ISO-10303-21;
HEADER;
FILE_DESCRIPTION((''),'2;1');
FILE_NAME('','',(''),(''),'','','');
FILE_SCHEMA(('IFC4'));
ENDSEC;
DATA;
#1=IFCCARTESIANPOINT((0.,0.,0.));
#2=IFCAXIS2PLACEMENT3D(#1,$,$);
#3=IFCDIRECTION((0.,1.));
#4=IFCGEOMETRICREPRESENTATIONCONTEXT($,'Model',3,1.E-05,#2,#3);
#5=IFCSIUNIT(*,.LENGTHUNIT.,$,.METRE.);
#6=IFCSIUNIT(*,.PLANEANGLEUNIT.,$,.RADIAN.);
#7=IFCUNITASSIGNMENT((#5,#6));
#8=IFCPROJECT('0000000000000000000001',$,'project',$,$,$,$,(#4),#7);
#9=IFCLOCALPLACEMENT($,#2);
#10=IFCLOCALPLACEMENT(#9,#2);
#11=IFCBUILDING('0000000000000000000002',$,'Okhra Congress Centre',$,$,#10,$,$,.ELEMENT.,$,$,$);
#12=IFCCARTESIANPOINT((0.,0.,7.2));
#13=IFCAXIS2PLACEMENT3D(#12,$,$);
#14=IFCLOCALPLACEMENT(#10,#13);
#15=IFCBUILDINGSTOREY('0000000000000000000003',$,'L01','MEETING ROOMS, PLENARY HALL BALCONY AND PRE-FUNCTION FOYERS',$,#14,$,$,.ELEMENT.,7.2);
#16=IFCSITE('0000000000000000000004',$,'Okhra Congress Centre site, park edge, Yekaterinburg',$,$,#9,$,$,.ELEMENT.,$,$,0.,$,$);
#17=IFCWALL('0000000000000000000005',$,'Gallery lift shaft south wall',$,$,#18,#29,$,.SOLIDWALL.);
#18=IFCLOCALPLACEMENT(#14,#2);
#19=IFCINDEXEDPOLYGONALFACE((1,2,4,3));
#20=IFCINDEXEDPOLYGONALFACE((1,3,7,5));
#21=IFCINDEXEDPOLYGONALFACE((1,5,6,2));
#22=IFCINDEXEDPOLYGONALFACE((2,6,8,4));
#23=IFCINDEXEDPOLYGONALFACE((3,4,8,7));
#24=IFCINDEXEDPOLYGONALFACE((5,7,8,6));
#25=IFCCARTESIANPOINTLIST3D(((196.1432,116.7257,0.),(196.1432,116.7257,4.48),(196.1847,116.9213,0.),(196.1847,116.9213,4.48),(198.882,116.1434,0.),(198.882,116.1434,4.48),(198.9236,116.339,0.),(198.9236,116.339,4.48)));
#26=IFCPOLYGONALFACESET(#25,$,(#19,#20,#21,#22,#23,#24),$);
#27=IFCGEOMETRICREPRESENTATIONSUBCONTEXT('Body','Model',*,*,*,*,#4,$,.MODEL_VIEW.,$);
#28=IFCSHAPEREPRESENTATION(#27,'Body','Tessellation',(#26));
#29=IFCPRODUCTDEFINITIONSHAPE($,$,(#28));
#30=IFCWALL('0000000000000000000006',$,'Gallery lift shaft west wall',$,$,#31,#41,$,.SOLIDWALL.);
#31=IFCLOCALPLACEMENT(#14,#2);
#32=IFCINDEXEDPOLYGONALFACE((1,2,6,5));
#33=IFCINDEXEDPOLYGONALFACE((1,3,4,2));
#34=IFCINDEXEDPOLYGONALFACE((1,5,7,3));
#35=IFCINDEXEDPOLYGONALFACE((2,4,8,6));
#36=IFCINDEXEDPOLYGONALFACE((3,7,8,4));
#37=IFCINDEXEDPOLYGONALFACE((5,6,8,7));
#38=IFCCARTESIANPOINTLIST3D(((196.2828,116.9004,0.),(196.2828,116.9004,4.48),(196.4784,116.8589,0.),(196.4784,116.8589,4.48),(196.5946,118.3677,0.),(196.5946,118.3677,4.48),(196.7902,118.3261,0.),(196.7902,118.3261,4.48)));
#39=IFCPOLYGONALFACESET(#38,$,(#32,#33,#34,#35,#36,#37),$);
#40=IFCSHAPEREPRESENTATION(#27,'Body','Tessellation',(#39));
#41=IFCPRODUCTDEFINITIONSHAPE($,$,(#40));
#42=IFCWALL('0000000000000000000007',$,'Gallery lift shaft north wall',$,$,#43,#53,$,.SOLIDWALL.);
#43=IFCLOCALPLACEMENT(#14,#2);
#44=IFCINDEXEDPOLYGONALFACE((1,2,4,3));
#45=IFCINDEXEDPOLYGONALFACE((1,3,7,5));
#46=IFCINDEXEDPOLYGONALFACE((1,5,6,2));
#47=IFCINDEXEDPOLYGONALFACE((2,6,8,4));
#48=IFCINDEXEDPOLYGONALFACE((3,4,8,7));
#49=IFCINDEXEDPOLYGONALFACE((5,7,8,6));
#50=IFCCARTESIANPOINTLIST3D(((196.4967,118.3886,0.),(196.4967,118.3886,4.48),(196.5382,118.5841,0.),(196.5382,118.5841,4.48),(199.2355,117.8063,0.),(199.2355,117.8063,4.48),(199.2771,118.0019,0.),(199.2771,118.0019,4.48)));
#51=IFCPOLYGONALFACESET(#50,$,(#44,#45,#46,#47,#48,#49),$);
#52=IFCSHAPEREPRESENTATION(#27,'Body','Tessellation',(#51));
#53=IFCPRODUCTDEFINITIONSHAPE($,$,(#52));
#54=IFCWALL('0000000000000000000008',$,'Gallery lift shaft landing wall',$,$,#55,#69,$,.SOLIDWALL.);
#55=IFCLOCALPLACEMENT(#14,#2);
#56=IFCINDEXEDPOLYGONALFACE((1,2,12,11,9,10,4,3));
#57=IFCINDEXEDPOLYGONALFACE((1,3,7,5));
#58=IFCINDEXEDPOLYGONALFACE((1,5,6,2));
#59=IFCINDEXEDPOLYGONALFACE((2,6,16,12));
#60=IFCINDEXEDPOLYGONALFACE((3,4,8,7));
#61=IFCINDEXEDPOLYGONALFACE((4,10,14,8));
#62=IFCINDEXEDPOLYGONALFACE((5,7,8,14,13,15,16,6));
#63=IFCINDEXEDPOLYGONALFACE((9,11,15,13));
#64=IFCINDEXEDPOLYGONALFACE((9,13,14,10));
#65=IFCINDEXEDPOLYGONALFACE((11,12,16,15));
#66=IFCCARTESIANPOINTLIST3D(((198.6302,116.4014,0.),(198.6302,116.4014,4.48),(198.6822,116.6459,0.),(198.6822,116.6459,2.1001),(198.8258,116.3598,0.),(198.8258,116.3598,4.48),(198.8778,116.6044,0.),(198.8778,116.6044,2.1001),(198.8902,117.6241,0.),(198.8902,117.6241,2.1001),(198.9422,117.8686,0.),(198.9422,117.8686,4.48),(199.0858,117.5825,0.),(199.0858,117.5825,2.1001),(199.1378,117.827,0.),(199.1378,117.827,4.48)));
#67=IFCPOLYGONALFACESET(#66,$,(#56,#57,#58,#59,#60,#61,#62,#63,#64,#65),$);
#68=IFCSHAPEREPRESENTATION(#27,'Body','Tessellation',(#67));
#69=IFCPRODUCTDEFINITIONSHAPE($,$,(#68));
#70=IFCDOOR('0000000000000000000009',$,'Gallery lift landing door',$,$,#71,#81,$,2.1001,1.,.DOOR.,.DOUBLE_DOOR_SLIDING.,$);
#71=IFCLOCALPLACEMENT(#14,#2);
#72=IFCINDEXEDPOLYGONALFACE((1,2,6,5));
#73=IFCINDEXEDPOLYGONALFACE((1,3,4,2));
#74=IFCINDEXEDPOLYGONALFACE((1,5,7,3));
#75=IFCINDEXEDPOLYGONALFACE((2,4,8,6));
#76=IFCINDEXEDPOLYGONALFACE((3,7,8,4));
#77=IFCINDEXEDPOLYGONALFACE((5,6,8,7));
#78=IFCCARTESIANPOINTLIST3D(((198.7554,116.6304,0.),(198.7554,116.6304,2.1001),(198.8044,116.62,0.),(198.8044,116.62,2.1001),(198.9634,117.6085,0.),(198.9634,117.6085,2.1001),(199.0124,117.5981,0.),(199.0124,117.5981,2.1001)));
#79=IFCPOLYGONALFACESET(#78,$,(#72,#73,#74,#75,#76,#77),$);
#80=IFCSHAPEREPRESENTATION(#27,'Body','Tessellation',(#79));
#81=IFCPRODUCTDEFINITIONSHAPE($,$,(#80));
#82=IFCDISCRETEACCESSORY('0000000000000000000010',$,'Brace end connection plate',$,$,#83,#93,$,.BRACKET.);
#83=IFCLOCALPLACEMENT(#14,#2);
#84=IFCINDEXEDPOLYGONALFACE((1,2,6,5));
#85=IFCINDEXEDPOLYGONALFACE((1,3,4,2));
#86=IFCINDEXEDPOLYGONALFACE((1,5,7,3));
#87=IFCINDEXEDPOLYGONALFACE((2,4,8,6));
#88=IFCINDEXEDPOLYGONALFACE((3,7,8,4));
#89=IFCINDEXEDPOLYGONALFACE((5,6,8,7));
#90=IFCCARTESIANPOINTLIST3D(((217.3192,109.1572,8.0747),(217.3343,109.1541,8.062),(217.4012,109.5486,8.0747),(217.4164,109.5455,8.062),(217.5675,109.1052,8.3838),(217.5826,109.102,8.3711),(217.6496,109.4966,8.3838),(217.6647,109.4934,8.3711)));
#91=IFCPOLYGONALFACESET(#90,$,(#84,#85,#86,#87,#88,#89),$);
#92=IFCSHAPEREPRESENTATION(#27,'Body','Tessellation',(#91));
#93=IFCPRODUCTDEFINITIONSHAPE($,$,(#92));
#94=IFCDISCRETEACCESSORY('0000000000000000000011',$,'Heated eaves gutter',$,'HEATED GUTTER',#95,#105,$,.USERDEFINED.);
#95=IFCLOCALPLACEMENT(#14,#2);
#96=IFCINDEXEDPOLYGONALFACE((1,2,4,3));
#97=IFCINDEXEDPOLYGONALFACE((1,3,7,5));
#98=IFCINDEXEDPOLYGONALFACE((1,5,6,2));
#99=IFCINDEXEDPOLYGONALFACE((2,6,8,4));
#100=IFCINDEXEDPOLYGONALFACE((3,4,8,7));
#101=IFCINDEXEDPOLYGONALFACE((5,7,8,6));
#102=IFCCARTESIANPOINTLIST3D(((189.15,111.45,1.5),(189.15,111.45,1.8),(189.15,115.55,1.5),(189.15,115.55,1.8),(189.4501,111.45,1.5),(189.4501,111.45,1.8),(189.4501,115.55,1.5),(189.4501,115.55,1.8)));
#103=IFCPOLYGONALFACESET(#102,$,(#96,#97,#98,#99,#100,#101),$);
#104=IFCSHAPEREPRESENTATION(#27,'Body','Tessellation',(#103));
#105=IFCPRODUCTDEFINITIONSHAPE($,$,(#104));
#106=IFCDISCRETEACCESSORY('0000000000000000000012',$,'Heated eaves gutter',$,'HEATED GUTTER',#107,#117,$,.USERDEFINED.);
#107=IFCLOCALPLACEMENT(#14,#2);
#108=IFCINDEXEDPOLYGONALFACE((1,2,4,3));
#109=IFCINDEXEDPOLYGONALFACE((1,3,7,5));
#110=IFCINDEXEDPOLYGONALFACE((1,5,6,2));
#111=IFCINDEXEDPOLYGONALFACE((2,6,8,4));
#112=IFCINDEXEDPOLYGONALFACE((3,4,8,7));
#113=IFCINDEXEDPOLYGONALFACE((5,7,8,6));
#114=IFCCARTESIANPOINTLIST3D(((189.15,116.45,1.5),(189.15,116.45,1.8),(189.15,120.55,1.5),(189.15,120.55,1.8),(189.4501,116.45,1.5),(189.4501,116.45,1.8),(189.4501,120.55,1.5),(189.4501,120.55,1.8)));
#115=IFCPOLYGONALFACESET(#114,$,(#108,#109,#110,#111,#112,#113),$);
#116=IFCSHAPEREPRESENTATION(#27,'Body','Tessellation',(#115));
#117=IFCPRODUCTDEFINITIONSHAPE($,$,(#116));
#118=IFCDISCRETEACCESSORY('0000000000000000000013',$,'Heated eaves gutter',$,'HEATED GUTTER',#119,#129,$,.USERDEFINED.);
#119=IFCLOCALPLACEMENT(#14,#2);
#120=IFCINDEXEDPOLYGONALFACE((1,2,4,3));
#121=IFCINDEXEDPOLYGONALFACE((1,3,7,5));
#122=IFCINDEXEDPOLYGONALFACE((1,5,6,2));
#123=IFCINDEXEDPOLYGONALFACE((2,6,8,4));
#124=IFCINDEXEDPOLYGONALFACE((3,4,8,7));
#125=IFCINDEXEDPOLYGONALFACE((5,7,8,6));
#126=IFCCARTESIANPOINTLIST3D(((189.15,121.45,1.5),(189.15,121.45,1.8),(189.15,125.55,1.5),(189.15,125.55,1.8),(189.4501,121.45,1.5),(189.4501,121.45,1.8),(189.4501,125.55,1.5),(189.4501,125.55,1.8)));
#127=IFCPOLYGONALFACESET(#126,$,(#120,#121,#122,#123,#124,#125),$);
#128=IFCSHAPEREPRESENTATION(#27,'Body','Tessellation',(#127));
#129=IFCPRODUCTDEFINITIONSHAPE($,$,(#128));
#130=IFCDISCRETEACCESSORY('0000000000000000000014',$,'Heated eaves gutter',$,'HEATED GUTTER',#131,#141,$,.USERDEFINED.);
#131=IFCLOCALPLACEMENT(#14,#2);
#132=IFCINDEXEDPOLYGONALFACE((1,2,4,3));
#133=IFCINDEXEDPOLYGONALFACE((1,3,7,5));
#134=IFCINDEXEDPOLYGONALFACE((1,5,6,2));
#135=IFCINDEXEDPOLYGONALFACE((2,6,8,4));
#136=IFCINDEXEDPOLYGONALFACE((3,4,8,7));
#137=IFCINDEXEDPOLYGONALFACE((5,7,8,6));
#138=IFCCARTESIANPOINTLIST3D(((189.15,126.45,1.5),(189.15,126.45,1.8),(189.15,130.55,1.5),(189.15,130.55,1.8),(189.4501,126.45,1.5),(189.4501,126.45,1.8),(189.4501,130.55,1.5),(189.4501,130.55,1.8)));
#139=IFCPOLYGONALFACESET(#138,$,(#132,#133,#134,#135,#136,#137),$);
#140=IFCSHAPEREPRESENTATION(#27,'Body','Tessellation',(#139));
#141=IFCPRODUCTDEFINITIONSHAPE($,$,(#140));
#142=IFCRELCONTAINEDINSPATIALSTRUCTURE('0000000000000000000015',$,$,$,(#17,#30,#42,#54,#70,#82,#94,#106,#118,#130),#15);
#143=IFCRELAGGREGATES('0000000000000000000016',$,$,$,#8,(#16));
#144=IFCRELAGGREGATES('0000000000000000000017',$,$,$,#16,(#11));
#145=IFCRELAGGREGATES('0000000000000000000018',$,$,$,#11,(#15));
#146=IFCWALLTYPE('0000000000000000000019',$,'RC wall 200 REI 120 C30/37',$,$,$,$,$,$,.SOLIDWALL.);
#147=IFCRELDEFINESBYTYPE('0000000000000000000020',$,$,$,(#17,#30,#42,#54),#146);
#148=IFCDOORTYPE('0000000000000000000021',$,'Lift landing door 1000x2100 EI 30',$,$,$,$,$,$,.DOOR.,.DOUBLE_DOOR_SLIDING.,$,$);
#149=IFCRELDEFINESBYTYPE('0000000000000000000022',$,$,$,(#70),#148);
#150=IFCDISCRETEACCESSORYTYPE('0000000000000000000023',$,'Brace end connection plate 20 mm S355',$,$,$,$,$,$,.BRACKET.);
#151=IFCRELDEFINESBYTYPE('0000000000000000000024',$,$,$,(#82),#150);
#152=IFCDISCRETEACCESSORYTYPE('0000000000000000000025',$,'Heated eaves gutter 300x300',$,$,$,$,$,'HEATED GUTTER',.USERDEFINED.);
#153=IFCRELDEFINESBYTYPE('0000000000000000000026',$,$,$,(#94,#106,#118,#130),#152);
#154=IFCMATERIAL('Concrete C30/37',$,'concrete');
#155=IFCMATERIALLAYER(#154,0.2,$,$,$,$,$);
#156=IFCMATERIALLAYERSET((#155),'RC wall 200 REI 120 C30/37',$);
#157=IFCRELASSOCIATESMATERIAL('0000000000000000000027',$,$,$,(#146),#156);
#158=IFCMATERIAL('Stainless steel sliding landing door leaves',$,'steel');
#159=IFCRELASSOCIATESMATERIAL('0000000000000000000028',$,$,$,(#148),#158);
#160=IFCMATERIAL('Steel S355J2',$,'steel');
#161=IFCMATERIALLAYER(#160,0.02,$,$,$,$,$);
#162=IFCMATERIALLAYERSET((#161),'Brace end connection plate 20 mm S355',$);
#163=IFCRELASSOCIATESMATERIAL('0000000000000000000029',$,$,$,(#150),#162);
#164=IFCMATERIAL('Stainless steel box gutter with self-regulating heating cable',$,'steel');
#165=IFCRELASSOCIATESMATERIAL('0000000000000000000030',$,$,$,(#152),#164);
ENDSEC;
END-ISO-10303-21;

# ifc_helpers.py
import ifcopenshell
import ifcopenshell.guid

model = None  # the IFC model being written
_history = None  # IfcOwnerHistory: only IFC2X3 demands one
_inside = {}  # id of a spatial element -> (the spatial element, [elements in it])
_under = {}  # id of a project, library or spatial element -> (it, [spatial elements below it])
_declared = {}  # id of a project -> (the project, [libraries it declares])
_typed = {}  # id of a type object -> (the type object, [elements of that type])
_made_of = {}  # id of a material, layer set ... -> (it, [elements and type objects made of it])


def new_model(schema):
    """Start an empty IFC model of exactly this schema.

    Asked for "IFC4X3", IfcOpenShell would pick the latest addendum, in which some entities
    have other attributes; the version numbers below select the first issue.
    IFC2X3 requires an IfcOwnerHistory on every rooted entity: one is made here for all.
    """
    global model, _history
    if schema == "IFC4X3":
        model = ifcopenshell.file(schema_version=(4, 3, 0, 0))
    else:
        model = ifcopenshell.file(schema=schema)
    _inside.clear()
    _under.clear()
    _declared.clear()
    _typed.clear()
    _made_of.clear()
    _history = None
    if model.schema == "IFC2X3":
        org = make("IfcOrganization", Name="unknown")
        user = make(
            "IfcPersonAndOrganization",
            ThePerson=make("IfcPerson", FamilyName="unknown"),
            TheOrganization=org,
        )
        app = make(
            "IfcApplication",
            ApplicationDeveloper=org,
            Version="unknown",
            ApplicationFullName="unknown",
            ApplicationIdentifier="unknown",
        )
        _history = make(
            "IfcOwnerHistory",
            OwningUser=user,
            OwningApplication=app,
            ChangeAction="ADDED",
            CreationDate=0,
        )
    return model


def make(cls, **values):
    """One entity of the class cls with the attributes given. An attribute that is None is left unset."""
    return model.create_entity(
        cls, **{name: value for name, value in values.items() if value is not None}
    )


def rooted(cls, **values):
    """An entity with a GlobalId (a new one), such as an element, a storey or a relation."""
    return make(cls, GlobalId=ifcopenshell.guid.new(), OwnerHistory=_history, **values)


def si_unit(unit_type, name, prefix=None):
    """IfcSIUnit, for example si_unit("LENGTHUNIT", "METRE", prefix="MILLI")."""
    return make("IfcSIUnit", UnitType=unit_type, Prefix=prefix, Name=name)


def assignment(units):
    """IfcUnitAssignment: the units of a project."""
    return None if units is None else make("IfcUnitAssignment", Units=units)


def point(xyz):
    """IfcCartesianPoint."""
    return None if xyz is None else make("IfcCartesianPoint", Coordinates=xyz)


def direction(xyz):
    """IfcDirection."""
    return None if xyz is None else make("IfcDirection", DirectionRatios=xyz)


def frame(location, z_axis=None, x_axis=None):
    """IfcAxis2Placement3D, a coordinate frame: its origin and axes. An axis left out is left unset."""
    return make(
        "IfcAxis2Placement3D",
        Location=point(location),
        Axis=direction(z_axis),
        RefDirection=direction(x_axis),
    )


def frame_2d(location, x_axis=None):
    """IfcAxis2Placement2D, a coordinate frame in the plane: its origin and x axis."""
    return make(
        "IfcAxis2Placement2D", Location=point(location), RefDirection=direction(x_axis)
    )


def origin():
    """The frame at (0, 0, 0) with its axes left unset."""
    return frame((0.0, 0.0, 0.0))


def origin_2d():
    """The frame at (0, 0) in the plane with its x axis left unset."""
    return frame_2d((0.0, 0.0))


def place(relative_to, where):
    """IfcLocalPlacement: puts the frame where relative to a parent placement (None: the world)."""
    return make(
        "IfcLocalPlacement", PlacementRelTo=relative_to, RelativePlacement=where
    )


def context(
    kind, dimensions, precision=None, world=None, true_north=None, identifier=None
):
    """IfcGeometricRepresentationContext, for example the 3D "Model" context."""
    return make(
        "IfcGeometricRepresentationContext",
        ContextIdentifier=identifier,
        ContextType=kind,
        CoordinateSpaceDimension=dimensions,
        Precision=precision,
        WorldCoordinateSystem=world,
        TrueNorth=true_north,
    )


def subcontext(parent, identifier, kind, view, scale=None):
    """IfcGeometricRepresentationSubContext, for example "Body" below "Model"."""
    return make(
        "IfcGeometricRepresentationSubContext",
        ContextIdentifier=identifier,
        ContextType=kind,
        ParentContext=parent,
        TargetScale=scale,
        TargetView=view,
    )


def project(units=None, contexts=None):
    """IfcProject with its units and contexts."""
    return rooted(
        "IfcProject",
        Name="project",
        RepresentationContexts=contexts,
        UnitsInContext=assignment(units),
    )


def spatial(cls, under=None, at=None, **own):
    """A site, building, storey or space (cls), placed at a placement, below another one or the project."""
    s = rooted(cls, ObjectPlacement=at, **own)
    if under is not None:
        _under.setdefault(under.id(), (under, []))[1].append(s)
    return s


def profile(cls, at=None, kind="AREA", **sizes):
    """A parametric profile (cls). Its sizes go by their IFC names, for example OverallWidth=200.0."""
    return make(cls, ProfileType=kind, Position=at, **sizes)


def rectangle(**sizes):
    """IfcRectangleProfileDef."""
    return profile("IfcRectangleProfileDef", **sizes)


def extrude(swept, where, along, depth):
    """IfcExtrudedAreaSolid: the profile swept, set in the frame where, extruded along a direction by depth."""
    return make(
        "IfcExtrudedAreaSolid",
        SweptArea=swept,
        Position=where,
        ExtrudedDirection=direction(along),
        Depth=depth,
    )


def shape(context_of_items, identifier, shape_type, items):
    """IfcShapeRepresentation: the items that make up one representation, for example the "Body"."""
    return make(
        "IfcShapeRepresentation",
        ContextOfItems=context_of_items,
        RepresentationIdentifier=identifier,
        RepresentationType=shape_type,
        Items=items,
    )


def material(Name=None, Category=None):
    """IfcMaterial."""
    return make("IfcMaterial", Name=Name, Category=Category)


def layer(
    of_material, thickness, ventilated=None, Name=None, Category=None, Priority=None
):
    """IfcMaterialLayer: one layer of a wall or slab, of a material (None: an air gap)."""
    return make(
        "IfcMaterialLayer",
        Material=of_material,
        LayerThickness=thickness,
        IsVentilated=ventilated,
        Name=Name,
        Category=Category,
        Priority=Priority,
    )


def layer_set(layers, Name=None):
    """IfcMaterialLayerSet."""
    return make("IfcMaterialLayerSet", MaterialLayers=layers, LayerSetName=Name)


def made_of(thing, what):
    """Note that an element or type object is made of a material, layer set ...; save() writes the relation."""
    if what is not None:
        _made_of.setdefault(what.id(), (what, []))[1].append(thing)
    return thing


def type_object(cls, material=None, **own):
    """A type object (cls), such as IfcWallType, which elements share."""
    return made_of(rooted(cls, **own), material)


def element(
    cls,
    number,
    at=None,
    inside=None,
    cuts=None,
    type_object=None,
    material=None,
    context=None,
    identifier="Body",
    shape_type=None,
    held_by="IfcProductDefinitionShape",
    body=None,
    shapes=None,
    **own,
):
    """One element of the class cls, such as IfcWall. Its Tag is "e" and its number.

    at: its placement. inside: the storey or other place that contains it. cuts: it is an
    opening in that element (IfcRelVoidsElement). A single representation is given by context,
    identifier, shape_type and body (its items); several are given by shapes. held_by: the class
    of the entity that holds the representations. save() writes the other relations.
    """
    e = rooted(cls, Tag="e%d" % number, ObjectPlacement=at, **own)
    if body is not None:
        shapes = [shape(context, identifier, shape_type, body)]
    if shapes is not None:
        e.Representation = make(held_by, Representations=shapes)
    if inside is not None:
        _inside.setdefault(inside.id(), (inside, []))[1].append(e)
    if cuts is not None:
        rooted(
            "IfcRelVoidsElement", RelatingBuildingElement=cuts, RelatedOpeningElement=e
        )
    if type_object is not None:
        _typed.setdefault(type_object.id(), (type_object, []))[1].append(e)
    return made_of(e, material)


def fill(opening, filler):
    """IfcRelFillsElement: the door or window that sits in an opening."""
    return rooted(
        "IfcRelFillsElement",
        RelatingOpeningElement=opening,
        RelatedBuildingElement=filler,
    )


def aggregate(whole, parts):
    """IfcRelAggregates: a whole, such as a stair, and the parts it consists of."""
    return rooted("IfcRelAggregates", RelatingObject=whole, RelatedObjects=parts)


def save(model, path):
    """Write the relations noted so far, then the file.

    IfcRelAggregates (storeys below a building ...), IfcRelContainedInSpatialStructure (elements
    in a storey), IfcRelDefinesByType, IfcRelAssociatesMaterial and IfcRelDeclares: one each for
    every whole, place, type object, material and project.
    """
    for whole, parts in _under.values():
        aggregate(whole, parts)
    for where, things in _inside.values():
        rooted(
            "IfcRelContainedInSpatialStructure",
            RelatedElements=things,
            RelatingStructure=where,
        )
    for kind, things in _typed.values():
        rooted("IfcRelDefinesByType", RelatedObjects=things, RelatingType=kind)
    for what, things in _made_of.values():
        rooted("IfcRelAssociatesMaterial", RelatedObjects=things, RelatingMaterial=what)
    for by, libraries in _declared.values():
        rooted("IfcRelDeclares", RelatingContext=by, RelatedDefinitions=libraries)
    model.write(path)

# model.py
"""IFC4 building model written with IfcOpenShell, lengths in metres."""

from ifc_helpers import new_model, si_unit, direction, frame, frame_2d, origin, origin_2d, place, context, subcontext, project, spatial, rectangle, extrude, material, layer, layer_set, type_object, element, fill, save


model = new_model("IFC4")

# Units and contexts
model_context = context("Model", 3, precision=1e-05, world=origin(), true_north=direction((0.0, 1.0)))
body_context = subcontext(model_context, "Body", "Model", "MODEL_VIEW")
ifc_project = project(units=[si_unit("LENGTHUNIT", "METRE"), si_unit("PLANEANGLEUNIT", "RADIAN")], contexts=[model_context])

# Site, building, storey
site_placement = place(None, origin())
site = spatial("IfcSite", under=ifc_project, at=site_placement, Name="Okhra Congress Centre site, park edge, Yekaterinburg", CompositionType="ELEMENT", RefElevation=0.0)
building_placement = place(site_placement, origin())
building = spatial("IfcBuilding", under=site, at=building_placement, Name="Okhra Congress Centre", CompositionType="ELEMENT")
storey_placement = place(building_placement, frame((0.0, 0.0, 7.2)))
storey = spatial("IfcBuildingStorey", under=building, at=storey_placement, Name="L01", Description="MEETING ROOMS, PLENARY HALL BALCONY AND PRE-FUNCTION FOYERS", CompositionType="ELEMENT", Elevation=7.2)

# Shared definitions
ifc_material_1 = material(Name="Steel S355J2", Category="steel")

# Walls
ifc_material_2 = material(Name="Concrete C30/37", Category="concrete")
ifc_layer_1 = layer(ifc_material_2, 0.2)
ifc_layer_set_1 = layer_set([ifc_layer_1], Name="RC wall 200 REI 120 C30/37")
wall_type_1 = type_object("IfcWallType", Name="RC wall 200 REI 120 C30/37", PredefinedType="SOLIDWALL", material=ifc_layer_set_1)
wall_1_placement = place(storey_placement, frame((196.1641, 116.8235, 0.0), z_axis=(0.0, 0.0, 1.0), x_axis=(0.978138, -0.207957, 0.0)))
element("IfcWall", 1, at=wall_1_placement, inside=storey, type_object=wall_type_1, Name="Gallery lift shaft south wall", PredefinedType="SOLIDWALL", context=body_context, shape_type="SweptSolid", body=[
    extrude(rectangle(XDim=2.8, YDim=0.2, at=frame_2d((1.3999, 0.0))), origin(), (0.0, 0.0, 1.0), 4.48),
])
wall_2_placement = place(storey_placement, frame((196.3806, 116.8796, 0.0), z_axis=(0.0, 0.0, 1.0), x_axis=(0.207839, 0.978163, 0.0)))
element("IfcWall", 2, at=wall_2_placement, inside=storey, type_object=wall_type_1, Name="Gallery lift shaft west wall", PredefinedType="SOLIDWALL", context=body_context, shape_type="SweptSolid", body=[
    extrude(rectangle(XDim=1.5, YDim=0.2, at=frame_2d((0.75, 0.0))), origin(), (0.0, 0.0, 1.0), 4.48),
])
wall_3_placement = place(storey_placement, frame((196.5176, 118.4863, 0.0), z_axis=(0.0, 0.0, 1.0), x_axis=(0.978138, -0.207957, 0.0)))
element("IfcWall", 3, at=wall_3_placement, inside=storey, type_object=wall_type_1, Name="Gallery lift shaft north wall", PredefinedType="SOLIDWALL", context=body_context, shape_type="SweptSolid", body=[
    extrude(rectangle(XDim=2.8, YDim=0.2, at=frame_2d((1.3999, 0.0))), origin(), (0.0, 0.0, 1.0), 4.48),
])

# Wall, opening, door
wall_4_placement = place(storey_placement, frame((198.728, 116.3806, 0.0), z_axis=(0.0, 0.0, 1.0), x_axis=(0.207995, 0.97813, 0.0)))
wall_4 = element("IfcWall", 4, at=wall_4_placement, inside=storey, type_object=wall_type_1, Name="Gallery lift shaft landing wall", PredefinedType="SOLIDWALL", context=body_context, shape_type="SweptSolid", body=[
    extrude(rectangle(XDim=1.5, YDim=0.2, at=frame_2d((0.75, 0.0))), origin(), (0.0, 0.0, 1.0), 4.48),
])
opening_placement = place(wall_4_placement, frame((0.25, 0.0, 0.0)))
opening = element("IfcOpeningElement", 5, at=opening_placement, cuts=wall_4, PredefinedType="OPENING", context=body_context, shape_type="SweptSolid", body=[
    extrude(rectangle(XDim=1.0, YDim=2.1001, at=frame_2d((0.5, 1.05))), frame((0.0, 0.1099, 0.0), z_axis=(0.0, -1.0, 0.0), x_axis=(1.0, 0.0, 0.0)), (0.0, 0.0, 1.0), 0.22),
])
ifc_material_3 = material(Name="Stainless steel sliding landing door leaves", Category="steel")
door_type = type_object("IfcDoorType", Name="Lift landing door 1000x2100 EI 30", OperationType="DOUBLE_DOOR_SLIDING", PredefinedType="DOOR", material=ifc_material_3)
door_placement = place(opening_placement, frame((1.0, 0.0, 0.0), z_axis=(0.0, 0.0, 1.0), x_axis=(-1.0, 0.0, 0.0)))
door = element("IfcDoor", 6, at=door_placement, inside=storey, type_object=door_type, Name="Gallery lift landing door", OperationType="DOUBLE_DOOR_SLIDING", OverallHeight=2.1001, OverallWidth=1.0, PredefinedType="DOOR", context=body_context, shape_type="SweptSolid", body=[
    extrude(rectangle(XDim=1.0, YDim=2.1001, at=frame_2d((0.5, 1.05))), frame((0.0, 0.0249, 0.0), z_axis=(0.0, -1.0, 0.0), x_axis=(1.0, 0.0, 0.0)), (0.0, 0.0, 1.0), 0.05),
])
fill(opening, door)

# Discrete accessories
ifc_layer_2 = layer(ifc_material_1, 0.02)
ifc_layer_set_2 = layer_set([ifc_layer_2], Name="Brace end connection plate 20 mm S355")
discrete_accessory_type_1 = type_object("IfcDiscreteAccessoryType", Name="Brace end connection plate 20 mm S355", PredefinedType="BRACKET", material=ifc_layer_set_2)
discrete_accessory_placement = place(storey_placement, frame((217.4995, 109.3237, 8.2166), z_axis=(-0.756491, 0.158619, 0.634477), x_axis=(-0.205215, -0.978717, 0.0)))
element("IfcDiscreteAccessory", 7, at=discrete_accessory_placement, inside=storey, type_object=discrete_accessory_type_1, Name="Brace end connection plate", PredefinedType="BRACKET", context=body_context, shape_type="SweptSolid", body=[
    extrude(rectangle(XDim=0.3999, YDim=0.3999, at=origin_2d()), origin(), (0.0, 0.0, 1.0), 0.02),
])
ifc_material_4 = material(Name="Stainless steel box gutter with self-regulating heating cable", Category="steel")
discrete_accessory_type_2 = type_object("IfcDiscreteAccessoryType", Name="Heated eaves gutter 300x300", ElementType="HEATED GUTTER", PredefinedType="USERDEFINED", material=ifc_material_4)
for number, where, z_axis, x_axis, name in (
    (8, (189.3, 113.5, 1.5), (0.0, 0.0, 1.0), (1.0, 0.0, 0.0), "Heated eaves gutter"),
    (9, (189.3, 118.5, 1.5), (0.0, 0.0, 1.0), (1.0, 0.0, 0.0), "Heated eaves gutter"),
    (10, (189.3, 123.5, 1.5), (0.0, 0.0, 1.0), (1.0, 0.0, 0.0), "Heated eaves gutter"),
    (11, (189.3, 128.5, 1.5), (0.0, 0.0, 1.0), (1.0, 0.0, 0.0), "Heated eaves gutter"),
):
    element("IfcDiscreteAccessory", number, at=place(storey_placement, frame(where, z_axis=z_axis, x_axis=x_axis)), inside=storey, type_object=discrete_accessory_type_2, Name=name, ObjectType="HEATED GUTTER", PredefinedType="USERDEFINED", context=body_context, shape_type="SweptSolid", body=[
        extrude(rectangle(XDim=0.3, YDim=4.1001, at=origin_2d()), origin(), (0.0, 0.0, 1.0), 0.3),
    ])

save(model, "model.ifc")
